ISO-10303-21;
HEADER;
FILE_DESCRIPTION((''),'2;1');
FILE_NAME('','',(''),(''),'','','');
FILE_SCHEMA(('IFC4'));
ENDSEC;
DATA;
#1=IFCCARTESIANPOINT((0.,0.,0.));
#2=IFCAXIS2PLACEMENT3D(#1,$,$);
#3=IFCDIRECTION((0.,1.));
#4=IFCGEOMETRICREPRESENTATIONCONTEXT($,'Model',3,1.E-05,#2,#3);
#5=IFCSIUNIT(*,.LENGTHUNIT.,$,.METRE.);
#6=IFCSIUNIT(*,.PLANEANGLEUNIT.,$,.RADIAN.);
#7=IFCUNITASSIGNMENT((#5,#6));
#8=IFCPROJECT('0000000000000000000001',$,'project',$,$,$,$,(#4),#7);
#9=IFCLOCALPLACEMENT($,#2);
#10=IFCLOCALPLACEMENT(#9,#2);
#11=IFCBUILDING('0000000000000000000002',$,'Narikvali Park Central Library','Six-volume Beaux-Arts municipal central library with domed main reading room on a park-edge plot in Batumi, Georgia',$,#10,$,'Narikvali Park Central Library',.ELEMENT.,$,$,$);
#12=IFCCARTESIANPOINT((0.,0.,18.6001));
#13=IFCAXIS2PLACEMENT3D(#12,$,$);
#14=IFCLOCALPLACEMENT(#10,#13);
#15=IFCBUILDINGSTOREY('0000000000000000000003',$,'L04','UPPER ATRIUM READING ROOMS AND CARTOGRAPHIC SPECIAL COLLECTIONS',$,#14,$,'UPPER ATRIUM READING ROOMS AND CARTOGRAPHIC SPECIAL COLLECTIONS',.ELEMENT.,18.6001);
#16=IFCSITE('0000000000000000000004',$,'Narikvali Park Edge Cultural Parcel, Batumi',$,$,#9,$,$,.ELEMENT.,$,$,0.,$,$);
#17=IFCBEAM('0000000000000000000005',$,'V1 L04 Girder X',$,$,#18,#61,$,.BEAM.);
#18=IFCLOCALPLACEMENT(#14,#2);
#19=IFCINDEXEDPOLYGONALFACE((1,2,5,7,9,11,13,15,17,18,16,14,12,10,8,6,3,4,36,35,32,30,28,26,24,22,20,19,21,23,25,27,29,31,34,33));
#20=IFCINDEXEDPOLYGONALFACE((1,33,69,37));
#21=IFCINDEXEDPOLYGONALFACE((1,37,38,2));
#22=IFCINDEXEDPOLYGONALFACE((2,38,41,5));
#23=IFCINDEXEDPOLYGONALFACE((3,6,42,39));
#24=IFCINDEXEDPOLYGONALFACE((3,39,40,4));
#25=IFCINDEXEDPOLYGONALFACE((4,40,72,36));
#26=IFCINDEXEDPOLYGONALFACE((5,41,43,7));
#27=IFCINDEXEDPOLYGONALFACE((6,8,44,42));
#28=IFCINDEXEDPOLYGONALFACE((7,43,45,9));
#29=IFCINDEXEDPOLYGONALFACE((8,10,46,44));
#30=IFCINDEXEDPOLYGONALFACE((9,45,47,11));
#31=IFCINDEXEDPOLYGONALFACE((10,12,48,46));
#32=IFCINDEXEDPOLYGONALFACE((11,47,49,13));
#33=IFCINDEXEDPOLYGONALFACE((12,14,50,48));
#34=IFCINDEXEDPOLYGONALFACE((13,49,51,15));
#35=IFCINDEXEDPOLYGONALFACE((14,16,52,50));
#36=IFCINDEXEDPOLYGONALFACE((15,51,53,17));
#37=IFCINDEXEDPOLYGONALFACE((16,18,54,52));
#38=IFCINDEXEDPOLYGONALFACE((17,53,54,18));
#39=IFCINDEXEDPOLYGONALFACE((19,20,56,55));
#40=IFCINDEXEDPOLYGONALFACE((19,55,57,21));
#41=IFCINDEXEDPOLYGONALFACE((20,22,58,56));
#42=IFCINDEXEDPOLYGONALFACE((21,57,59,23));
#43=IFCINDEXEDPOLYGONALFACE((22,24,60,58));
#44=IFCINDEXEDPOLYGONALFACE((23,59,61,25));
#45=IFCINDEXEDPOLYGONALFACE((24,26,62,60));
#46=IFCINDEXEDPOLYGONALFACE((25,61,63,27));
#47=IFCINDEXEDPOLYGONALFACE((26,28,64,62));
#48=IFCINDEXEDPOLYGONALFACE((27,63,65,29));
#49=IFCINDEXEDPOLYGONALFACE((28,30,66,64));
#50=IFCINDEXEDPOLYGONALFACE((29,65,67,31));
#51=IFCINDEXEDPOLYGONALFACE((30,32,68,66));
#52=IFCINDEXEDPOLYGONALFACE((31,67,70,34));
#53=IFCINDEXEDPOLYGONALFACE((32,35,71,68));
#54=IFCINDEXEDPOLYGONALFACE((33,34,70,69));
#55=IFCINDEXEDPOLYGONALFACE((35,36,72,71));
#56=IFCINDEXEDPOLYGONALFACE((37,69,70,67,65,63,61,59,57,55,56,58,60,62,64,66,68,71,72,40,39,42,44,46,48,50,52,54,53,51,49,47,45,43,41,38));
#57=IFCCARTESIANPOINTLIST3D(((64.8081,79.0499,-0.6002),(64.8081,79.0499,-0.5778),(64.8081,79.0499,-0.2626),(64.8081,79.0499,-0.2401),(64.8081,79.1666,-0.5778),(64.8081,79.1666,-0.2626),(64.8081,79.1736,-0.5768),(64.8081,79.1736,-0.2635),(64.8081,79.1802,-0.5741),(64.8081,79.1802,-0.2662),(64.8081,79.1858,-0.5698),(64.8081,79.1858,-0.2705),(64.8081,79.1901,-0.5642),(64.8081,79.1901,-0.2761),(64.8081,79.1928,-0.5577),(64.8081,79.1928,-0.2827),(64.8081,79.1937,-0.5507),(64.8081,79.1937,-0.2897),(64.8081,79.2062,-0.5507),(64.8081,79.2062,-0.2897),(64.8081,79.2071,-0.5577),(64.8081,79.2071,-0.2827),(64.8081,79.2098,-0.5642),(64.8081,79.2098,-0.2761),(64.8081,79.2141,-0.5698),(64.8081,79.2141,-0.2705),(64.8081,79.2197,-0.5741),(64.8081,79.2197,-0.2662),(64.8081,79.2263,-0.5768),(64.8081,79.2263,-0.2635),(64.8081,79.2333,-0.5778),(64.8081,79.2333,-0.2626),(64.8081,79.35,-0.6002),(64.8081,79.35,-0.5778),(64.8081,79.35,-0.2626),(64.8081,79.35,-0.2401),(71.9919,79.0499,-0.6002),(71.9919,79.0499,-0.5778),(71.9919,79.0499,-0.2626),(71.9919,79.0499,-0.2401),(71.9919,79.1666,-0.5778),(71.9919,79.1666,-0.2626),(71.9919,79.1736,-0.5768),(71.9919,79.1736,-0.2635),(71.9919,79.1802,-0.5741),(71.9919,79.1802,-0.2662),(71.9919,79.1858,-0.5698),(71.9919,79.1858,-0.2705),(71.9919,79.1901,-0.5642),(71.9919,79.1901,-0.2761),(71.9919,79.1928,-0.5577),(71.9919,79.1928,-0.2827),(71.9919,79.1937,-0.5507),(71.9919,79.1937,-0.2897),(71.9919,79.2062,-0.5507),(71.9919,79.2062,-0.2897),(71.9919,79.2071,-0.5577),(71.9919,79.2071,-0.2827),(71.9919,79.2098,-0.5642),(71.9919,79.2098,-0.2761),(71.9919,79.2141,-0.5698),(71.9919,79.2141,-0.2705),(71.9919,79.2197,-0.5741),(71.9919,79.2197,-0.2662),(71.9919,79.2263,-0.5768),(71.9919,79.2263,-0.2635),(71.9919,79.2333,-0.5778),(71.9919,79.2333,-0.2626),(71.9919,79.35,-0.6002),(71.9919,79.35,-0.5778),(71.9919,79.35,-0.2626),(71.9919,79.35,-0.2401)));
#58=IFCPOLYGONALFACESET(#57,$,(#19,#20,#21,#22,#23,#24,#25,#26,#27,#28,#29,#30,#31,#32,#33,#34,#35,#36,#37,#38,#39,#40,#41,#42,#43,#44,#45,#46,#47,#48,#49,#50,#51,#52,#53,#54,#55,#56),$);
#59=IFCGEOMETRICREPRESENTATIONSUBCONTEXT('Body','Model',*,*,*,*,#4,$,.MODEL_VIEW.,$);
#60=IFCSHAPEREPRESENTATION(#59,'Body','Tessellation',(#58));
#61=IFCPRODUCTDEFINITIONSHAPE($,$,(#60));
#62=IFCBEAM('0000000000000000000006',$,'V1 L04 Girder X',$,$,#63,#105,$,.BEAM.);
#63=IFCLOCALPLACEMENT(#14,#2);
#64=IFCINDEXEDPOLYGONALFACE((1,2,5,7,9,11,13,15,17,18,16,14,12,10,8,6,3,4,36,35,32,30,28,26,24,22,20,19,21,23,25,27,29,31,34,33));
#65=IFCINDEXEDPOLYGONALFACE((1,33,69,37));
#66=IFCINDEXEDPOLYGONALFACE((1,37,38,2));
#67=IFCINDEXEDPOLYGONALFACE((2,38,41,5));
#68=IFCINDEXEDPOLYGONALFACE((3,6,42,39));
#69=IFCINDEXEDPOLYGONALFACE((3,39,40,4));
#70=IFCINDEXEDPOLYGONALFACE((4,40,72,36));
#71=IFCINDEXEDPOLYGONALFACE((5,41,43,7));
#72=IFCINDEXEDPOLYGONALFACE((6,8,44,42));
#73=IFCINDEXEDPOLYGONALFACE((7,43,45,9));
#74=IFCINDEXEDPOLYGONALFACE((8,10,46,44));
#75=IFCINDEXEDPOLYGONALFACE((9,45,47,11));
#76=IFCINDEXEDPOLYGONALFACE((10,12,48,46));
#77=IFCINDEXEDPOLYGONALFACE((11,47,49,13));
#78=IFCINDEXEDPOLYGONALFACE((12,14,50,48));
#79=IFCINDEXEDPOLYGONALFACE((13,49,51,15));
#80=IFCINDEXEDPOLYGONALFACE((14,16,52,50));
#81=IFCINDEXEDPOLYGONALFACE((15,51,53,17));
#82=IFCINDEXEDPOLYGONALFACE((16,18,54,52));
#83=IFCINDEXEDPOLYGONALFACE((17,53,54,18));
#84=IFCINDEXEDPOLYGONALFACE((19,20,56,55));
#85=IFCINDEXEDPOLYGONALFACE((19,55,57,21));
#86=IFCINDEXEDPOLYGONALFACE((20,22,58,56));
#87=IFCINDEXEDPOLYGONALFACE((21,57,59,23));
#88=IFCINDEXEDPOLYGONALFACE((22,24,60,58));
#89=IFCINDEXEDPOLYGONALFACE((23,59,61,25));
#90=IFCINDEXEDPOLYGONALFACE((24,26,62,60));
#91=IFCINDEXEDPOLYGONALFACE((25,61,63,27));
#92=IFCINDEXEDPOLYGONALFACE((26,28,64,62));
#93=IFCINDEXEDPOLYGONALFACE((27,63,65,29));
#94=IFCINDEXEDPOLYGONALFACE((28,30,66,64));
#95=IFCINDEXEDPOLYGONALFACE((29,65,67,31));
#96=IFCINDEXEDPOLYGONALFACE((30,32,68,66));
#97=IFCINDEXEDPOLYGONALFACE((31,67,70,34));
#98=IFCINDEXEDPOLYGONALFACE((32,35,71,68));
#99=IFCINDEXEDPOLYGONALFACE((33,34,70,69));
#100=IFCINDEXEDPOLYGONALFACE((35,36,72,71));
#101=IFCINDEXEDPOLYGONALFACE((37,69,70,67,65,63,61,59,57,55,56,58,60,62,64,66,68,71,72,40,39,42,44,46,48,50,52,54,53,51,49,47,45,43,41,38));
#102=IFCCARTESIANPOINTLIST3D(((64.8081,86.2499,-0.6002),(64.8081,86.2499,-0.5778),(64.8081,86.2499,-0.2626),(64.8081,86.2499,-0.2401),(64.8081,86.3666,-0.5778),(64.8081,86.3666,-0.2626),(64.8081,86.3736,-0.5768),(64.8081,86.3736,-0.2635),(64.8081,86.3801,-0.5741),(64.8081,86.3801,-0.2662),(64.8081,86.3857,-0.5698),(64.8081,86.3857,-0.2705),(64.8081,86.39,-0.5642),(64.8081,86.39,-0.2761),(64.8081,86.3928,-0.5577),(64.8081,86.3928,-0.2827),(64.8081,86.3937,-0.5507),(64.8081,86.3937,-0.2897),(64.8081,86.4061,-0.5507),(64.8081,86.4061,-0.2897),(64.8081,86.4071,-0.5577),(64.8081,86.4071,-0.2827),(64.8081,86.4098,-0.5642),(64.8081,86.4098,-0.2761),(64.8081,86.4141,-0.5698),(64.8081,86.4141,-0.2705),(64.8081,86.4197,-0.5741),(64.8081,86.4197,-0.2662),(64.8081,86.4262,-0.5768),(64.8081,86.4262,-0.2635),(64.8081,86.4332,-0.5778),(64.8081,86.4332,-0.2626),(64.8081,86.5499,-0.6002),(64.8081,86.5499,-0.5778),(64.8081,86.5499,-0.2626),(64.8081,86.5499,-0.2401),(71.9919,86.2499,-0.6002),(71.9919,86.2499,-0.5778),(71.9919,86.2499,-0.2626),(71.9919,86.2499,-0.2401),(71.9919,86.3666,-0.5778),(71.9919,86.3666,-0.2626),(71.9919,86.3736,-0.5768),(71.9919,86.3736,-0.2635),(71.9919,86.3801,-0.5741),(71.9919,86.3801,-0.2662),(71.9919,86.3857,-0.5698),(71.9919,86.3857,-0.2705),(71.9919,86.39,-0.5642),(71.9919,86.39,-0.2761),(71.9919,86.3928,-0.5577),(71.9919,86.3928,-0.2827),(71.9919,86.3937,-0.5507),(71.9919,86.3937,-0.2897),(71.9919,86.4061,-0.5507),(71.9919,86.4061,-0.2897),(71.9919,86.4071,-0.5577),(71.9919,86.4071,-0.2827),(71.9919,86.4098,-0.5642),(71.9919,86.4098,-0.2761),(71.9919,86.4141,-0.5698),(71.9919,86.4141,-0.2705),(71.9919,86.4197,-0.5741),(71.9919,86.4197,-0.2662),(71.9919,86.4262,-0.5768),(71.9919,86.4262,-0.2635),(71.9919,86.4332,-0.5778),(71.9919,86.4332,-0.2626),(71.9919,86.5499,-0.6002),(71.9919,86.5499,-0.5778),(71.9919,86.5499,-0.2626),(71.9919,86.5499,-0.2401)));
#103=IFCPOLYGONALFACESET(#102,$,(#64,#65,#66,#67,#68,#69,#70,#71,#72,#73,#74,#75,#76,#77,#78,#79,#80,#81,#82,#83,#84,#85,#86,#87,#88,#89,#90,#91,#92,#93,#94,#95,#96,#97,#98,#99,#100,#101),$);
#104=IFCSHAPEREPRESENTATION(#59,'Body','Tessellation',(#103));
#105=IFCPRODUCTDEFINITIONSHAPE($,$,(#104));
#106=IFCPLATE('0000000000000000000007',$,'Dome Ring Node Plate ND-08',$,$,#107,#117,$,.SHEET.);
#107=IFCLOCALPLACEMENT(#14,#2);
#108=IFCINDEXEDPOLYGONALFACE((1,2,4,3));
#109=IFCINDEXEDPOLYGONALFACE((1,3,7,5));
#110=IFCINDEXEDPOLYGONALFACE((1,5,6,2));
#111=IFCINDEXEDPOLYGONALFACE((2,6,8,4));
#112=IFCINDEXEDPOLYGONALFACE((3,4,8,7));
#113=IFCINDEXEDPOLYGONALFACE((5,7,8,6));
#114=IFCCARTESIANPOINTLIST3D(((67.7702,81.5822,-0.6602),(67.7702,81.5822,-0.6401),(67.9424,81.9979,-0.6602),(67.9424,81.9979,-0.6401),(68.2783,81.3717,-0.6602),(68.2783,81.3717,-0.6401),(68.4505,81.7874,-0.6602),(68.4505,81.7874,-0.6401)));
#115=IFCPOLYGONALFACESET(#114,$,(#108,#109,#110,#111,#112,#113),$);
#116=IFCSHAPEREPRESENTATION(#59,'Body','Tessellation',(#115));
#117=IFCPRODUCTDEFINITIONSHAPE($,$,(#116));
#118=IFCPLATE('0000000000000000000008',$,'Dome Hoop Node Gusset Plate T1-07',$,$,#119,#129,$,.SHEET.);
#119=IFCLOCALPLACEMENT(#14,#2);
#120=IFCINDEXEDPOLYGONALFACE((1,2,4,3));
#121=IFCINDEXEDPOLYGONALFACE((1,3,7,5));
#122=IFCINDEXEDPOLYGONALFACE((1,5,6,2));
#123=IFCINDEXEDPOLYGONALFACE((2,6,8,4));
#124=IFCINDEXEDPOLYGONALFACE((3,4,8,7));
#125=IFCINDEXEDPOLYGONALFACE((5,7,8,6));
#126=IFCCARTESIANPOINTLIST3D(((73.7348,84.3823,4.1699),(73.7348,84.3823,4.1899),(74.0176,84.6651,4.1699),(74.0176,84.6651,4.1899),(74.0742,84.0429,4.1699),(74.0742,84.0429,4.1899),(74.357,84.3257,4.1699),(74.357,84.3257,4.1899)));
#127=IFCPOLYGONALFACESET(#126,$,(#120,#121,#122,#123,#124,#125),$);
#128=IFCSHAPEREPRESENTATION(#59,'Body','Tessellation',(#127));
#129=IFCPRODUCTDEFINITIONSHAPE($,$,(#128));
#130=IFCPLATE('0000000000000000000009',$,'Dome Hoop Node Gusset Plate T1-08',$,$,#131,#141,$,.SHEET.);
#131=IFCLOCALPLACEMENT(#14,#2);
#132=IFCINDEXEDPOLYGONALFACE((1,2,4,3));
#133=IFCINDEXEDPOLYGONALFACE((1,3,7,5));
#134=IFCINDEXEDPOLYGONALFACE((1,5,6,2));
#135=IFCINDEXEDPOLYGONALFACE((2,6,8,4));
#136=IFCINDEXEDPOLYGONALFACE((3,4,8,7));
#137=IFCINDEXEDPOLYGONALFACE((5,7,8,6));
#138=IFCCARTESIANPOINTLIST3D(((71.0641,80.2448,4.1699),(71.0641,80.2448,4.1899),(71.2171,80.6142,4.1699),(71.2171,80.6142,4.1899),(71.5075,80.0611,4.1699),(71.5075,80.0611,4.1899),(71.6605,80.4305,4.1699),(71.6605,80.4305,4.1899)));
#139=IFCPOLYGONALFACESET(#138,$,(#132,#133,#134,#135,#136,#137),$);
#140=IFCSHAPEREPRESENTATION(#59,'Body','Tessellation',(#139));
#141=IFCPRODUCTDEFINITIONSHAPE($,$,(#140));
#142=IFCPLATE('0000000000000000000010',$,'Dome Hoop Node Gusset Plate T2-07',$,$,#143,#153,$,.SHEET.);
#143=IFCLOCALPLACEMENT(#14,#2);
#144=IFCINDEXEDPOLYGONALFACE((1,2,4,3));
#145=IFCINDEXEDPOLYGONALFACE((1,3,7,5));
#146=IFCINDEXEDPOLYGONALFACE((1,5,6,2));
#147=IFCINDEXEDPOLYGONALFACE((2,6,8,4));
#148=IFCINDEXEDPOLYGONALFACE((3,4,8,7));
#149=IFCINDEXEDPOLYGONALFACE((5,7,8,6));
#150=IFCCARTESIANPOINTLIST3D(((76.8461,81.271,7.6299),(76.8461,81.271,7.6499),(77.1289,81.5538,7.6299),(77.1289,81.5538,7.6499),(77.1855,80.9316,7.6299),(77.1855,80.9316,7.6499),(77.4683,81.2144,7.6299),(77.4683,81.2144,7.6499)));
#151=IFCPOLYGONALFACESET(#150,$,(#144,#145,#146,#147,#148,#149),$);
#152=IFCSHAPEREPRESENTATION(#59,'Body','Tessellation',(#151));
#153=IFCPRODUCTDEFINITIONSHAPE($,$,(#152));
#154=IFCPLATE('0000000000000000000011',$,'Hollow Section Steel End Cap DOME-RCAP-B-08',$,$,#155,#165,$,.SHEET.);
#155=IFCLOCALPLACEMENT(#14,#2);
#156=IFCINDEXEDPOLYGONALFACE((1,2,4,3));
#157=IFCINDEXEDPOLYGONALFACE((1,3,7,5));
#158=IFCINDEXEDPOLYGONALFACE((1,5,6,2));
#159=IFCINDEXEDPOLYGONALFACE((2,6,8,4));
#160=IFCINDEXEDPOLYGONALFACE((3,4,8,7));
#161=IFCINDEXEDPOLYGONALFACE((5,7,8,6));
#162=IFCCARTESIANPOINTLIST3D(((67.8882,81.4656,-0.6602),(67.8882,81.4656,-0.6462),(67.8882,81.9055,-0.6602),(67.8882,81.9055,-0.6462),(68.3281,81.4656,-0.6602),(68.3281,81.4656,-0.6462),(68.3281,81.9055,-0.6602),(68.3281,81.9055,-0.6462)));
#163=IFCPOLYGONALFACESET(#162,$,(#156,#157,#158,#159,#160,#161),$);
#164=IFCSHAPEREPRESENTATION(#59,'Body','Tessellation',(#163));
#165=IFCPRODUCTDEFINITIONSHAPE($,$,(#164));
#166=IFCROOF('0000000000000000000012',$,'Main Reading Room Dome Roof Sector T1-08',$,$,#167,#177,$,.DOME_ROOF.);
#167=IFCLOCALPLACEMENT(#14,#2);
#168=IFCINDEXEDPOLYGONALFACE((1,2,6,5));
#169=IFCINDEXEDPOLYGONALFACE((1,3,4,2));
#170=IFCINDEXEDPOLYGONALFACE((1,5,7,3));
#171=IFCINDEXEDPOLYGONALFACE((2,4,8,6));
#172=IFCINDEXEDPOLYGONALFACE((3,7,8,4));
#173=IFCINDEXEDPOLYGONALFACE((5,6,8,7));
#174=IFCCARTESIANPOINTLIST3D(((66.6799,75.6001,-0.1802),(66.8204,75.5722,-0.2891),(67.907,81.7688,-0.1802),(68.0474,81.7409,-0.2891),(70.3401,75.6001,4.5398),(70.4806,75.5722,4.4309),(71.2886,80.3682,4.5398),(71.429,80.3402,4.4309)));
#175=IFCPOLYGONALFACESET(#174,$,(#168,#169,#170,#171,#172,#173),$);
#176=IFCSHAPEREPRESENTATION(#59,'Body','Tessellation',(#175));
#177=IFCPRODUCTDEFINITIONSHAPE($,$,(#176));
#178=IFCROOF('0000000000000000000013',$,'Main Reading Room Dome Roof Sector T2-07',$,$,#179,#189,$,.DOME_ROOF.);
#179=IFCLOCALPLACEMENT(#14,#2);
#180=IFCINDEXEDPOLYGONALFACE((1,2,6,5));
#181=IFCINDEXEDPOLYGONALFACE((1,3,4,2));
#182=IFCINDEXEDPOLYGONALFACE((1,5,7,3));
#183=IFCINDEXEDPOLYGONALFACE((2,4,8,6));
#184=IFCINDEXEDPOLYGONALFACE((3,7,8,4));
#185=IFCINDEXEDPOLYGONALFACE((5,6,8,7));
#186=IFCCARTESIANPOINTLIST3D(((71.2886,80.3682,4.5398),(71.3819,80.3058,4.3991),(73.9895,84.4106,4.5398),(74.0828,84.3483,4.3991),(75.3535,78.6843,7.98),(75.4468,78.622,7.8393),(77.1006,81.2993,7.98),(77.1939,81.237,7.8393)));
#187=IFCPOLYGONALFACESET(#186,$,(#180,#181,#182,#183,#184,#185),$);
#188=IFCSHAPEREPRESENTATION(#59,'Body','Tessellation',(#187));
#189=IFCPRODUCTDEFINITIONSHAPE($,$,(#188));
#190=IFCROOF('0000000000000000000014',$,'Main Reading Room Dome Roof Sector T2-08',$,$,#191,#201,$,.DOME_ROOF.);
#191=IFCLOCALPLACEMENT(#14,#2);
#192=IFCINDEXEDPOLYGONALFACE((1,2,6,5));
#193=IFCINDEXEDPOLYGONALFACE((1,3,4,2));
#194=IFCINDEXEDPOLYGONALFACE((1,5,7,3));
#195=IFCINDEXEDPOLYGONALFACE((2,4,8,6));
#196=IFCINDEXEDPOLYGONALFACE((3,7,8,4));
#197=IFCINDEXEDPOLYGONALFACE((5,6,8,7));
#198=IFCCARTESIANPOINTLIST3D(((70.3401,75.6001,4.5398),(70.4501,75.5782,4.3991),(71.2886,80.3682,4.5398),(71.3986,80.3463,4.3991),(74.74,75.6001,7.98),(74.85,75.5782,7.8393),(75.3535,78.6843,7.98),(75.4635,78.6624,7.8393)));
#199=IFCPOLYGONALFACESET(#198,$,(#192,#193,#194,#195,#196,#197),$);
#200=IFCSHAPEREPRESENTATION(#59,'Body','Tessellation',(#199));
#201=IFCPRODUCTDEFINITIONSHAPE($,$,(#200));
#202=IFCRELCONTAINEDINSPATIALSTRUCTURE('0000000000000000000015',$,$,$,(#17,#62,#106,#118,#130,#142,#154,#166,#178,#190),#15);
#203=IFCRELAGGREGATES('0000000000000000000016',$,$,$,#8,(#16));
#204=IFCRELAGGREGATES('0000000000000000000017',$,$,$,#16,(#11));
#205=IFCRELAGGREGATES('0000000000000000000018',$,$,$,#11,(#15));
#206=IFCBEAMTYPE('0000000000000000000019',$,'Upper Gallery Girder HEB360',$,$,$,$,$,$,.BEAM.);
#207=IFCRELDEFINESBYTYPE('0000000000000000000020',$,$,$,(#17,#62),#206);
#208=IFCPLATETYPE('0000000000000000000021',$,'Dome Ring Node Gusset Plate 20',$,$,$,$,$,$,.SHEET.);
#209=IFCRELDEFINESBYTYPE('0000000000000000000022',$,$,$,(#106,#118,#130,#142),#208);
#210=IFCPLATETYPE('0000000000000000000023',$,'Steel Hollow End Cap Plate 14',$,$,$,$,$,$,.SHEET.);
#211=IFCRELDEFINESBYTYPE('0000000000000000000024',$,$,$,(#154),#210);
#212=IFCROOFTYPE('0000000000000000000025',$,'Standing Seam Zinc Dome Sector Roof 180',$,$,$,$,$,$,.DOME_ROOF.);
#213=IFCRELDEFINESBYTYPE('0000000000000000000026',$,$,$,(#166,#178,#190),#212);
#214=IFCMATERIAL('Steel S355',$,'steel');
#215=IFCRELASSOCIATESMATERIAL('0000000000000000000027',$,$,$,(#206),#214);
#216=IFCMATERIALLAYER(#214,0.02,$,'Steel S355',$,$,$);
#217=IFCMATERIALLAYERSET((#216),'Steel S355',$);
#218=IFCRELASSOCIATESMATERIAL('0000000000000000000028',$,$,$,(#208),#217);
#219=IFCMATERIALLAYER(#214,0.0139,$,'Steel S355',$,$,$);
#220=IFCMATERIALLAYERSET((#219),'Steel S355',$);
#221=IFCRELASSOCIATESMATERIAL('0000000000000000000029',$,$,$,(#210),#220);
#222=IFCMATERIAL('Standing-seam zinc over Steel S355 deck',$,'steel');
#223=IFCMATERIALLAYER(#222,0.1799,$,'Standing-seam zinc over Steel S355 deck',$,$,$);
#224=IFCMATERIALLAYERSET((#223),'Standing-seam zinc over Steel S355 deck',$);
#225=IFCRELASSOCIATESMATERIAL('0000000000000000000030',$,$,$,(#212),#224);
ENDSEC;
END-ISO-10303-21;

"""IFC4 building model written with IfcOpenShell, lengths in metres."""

from ifc_helpers import new_model, si_unit, direction, frame, origin, origin_2d, place, context, subcontext, project, spatial, polyline, rectangle, i_section, outline, extrude, material, layer, layer_set, material_profile, profile_set, type_object, element, save


model = new_model("IFC4")

# Units and contexts
model_context = context("Model", 3, precision=1e-05, world=origin(), true_north=direction((0.0, 1.0)))
body_context = subcontext(model_context, "Body", "Model", "MODEL_VIEW")
ifc_project = project(units=[si_unit("LENGTHUNIT", "METRE"), si_unit("PLANEANGLEUNIT", "RADIAN")], contexts=[model_context])

# Site, building, storey
site_placement = place(None, origin())
site = spatial("IfcSite", under=ifc_project, at=site_placement, Name="Narikvali Park Edge Cultural Parcel, Batumi", CompositionType="ELEMENT", RefElevation=0.0)
building_placement = place(site_placement, origin())
building = spatial("IfcBuilding", under=site, at=building_placement, Name="Narikvali Park Central Library", Description="Six-volume Beaux-Arts municipal central library with domed main reading room on a park-edge plot in Batumi, Georgia", LongName="Narikvali Park Central Library", CompositionType="ELEMENT")
storey_placement = place(building_placement, frame((0.0, 0.0, 18.6001)))
storey = spatial("IfcBuildingStorey", under=building, at=storey_placement, Name="L04", Description="UPPER ATRIUM READING ROOMS AND CARTOGRAPHIC SPECIAL COLLECTIONS", LongName="UPPER ATRIUM READING ROOMS AND CARTOGRAPHIC SPECIAL COLLECTIONS", CompositionType="ELEMENT", Elevation=18.6001)

# Shared definitions
ifc_material_1 = material(Name="Steel S355", Category="steel")

# Beams
ifc_material_profile_1 = material_profile(ifc_material_1, i_section(OverallWidth=0.3, OverallDepth=0.3601, WebThickness=0.0125, FlangeThickness=0.0225, FilletRadius=0.0271, at=origin_2d()), Name="HEB 360")
ifc_profile_set_1 = profile_set([ifc_material_profile_1], Name="Steel S355")
beam_type_1 = type_object("IfcBeamType", Name="Upper Gallery Girder HEB360", PredefinedType="BEAM", material=ifc_profile_set_1)
for number, where, z_axis, x_axis, name in (
    (1, (64.8081, 79.2, -0.4202), (1.0, 0.0, 0.0), (0.0, 1.0, 0.0), "V1 L04 Girder X"),
    (2, (64.8081, 86.3999, -0.4202), (1.0, 0.0, 0.0), (0.0, 1.0, 0.0), "V1 L04 Girder X"),
):
    element("IfcBeam", number, at=place(storey_placement, frame(where, z_axis=z_axis, x_axis=x_axis)), inside=storey, type_object=beam_type_1, Name=name, PredefinedType="BEAM", context=body_context, shape_type="SweptSolid", body=[
        extrude(i_section(OverallWidth=0.3, OverallDepth=0.3601, WebThickness=0.0125, FlangeThickness=0.0225, FilletRadius=0.0271, at=origin_2d()), origin(), (0.0, 0.0, 1.0), 7.1838),
    ])

# Plates
ifc_layer_1 = layer(ifc_material_1, 0.02, Name="Steel S355")
ifc_layer_set_1 = layer_set([ifc_layer_1], Name="Steel S355")
plate_type_1 = type_object("IfcPlateType", Name="Dome Ring Node Gusset Plate 20", PredefinedType="SHEET", material=ifc_layer_set_1)
plate_1_placement = place(storey_placement, frame((68.1104, 81.6848, -0.6602), z_axis=(0.0, 0.0, 1.0), x_axis=(-0.92388, 0.382683, 0.0)))
element("IfcPlate", 3, at=plate_1_placement, inside=storey, type_object=plate_type_1, Name="Dome Ring Node Plate ND-08", PredefinedType="SHEET", context=body_context, shape_type="SweptSolid", body=[
    extrude(rectangle(XDim=0.55, YDim=0.45, at=origin_2d()), origin(), (0.0, 0.0, 1.0), 0.02),
])
for number, where, z_axis, x_axis, name in (
    (4, (74.0459, 84.354, 4.1699), (0.0, 0.0, 1.0), (-0.707107, 0.707107, 0.0), "Dome Hoop Node Gusset Plate T1-07"),
    (5, (71.3623, 80.3376, 4.1699), (0.0, 0.0, 1.0), (-0.92388, 0.382683, 0.0), "Dome Hoop Node Gusset Plate T1-08"),
    (6, (77.1572, 81.2427, 7.6299), (0.0, 0.0, 1.0), (-0.707107, 0.707107, 0.0), "Dome Hoop Node Gusset Plate T2-07"),
):
    element("IfcPlate", number, at=place(storey_placement, frame(where, z_axis=z_axis, x_axis=x_axis)), inside=storey, type_object=plate_type_1, Name=name, PredefinedType="SHEET", context=body_context, shape_type="SweptSolid", body=[
        extrude(rectangle(XDim=0.48, YDim=0.3999, at=origin_2d()), origin(), (0.0, 0.0, 1.0), 0.02),
    ])
ifc_layer_2 = layer(ifc_material_1, 0.0139, Name="Steel S355")
ifc_layer_set_2 = layer_set([ifc_layer_2], Name="Steel S355")
plate_type_2 = type_object("IfcPlateType", Name="Steel Hollow End Cap Plate 14", PredefinedType="SHEET", material=ifc_layer_set_2)
plate_2_placement = place(storey_placement, frame((68.1082, 81.6855, -0.6602), z_axis=(0.0, 0.0, 1.0), x_axis=(1.0, 0.0, 0.0)))
element("IfcPlate", 7, at=plate_2_placement, inside=storey, type_object=plate_type_2, Name="Hollow Section Steel End Cap DOME-RCAP-B-08", PredefinedType="SHEET", context=body_context, shape_type="SweptSolid", body=[
    extrude(rectangle(XDim=0.4399, YDim=0.4399, at=origin_2d()), origin(), (0.0, 0.0, 1.0), 0.0139),
])

# Roofs
ifc_material_2 = material(Name="Standing-seam zinc over Steel S355 deck", Category="steel")
ifc_layer_3 = layer(ifc_material_2, 0.1799, Name="Standing-seam zinc over Steel S355 deck")
ifc_layer_set_3 = layer_set([ifc_layer_3], Name="Standing-seam zinc over Steel S355 deck")
roof_type = type_object("IfcRoofType", Name="Standing Seam Zinc Dome Sector Roof 180", PredefinedType="DOME_ROOF", material=ifc_layer_set_3)
roof_1_placement = place(storey_placement, frame((67.907, 81.7688, -0.1802), z_axis=(-0.78065, 0.155287, 0.605369), x_axis=(-0.195096, -0.980784, 0.000002)))
element("IfcRoof", 8, at=roof_1_placement, inside=storey, type_object=roof_type, Name="Main Reading Room Dome Roof Sector T1-08", PredefinedType="DOME_ROOF", context=body_context, shape_type="SweptSolid", body=[
    extrude(outline(polyline([(0.0, 0.0), (6.2896, 0.0), (5.5755, 5.93), (0.714, 5.93), (0.0, 0.0)])), origin(), (0.0, 0.0, -1.0), 0.1799),
])
roof_2_placement = place(storey_placement, frame((73.9895, 84.4106, 4.5398), z_axis=(-0.518317, 0.346299, 0.781937), x_axis=(-0.555543, -0.831488, -0.000005)))
element("IfcRoof", 9, at=roof_2_placement, inside=storey, type_object=roof_type, Name="Main Reading Room Dome Roof Sector T2-07", PredefinedType="DOME_ROOF", context=body_context, shape_type="SweptSolid", body=[
    extrude(outline(polyline([(0.0, 0.0), (4.8618, 0.0), (4.0036, 5.5188), (0.8587, 5.5188), (0.0, 0.0)])), origin(), (0.0, 0.0, -1.0), 0.1799),
])
roof_3_placement = place(storey_placement, frame((71.2886, 80.3682, 4.5398), z_axis=(-0.611379, 0.121618, 0.781937), x_axis=(-0.195102, -0.980783, 0.0)))
element("IfcRoof", 10, at=roof_3_placement, inside=storey, type_object=roof_type, Name="Main Reading Room Dome Roof Sector T2-08", PredefinedType="DOME_ROOF", context=body_context, shape_type="SweptSolid", body=[
    extrude(outline(polyline([(0.0, 0.0), (4.8615, 0.0), (4.0031, 5.5188), (0.8584, 5.5188), (0.0, 0.0)])), origin(), (0.0, 0.0, -1.0), 0.1799),
])

save(model, "model.ifc")
